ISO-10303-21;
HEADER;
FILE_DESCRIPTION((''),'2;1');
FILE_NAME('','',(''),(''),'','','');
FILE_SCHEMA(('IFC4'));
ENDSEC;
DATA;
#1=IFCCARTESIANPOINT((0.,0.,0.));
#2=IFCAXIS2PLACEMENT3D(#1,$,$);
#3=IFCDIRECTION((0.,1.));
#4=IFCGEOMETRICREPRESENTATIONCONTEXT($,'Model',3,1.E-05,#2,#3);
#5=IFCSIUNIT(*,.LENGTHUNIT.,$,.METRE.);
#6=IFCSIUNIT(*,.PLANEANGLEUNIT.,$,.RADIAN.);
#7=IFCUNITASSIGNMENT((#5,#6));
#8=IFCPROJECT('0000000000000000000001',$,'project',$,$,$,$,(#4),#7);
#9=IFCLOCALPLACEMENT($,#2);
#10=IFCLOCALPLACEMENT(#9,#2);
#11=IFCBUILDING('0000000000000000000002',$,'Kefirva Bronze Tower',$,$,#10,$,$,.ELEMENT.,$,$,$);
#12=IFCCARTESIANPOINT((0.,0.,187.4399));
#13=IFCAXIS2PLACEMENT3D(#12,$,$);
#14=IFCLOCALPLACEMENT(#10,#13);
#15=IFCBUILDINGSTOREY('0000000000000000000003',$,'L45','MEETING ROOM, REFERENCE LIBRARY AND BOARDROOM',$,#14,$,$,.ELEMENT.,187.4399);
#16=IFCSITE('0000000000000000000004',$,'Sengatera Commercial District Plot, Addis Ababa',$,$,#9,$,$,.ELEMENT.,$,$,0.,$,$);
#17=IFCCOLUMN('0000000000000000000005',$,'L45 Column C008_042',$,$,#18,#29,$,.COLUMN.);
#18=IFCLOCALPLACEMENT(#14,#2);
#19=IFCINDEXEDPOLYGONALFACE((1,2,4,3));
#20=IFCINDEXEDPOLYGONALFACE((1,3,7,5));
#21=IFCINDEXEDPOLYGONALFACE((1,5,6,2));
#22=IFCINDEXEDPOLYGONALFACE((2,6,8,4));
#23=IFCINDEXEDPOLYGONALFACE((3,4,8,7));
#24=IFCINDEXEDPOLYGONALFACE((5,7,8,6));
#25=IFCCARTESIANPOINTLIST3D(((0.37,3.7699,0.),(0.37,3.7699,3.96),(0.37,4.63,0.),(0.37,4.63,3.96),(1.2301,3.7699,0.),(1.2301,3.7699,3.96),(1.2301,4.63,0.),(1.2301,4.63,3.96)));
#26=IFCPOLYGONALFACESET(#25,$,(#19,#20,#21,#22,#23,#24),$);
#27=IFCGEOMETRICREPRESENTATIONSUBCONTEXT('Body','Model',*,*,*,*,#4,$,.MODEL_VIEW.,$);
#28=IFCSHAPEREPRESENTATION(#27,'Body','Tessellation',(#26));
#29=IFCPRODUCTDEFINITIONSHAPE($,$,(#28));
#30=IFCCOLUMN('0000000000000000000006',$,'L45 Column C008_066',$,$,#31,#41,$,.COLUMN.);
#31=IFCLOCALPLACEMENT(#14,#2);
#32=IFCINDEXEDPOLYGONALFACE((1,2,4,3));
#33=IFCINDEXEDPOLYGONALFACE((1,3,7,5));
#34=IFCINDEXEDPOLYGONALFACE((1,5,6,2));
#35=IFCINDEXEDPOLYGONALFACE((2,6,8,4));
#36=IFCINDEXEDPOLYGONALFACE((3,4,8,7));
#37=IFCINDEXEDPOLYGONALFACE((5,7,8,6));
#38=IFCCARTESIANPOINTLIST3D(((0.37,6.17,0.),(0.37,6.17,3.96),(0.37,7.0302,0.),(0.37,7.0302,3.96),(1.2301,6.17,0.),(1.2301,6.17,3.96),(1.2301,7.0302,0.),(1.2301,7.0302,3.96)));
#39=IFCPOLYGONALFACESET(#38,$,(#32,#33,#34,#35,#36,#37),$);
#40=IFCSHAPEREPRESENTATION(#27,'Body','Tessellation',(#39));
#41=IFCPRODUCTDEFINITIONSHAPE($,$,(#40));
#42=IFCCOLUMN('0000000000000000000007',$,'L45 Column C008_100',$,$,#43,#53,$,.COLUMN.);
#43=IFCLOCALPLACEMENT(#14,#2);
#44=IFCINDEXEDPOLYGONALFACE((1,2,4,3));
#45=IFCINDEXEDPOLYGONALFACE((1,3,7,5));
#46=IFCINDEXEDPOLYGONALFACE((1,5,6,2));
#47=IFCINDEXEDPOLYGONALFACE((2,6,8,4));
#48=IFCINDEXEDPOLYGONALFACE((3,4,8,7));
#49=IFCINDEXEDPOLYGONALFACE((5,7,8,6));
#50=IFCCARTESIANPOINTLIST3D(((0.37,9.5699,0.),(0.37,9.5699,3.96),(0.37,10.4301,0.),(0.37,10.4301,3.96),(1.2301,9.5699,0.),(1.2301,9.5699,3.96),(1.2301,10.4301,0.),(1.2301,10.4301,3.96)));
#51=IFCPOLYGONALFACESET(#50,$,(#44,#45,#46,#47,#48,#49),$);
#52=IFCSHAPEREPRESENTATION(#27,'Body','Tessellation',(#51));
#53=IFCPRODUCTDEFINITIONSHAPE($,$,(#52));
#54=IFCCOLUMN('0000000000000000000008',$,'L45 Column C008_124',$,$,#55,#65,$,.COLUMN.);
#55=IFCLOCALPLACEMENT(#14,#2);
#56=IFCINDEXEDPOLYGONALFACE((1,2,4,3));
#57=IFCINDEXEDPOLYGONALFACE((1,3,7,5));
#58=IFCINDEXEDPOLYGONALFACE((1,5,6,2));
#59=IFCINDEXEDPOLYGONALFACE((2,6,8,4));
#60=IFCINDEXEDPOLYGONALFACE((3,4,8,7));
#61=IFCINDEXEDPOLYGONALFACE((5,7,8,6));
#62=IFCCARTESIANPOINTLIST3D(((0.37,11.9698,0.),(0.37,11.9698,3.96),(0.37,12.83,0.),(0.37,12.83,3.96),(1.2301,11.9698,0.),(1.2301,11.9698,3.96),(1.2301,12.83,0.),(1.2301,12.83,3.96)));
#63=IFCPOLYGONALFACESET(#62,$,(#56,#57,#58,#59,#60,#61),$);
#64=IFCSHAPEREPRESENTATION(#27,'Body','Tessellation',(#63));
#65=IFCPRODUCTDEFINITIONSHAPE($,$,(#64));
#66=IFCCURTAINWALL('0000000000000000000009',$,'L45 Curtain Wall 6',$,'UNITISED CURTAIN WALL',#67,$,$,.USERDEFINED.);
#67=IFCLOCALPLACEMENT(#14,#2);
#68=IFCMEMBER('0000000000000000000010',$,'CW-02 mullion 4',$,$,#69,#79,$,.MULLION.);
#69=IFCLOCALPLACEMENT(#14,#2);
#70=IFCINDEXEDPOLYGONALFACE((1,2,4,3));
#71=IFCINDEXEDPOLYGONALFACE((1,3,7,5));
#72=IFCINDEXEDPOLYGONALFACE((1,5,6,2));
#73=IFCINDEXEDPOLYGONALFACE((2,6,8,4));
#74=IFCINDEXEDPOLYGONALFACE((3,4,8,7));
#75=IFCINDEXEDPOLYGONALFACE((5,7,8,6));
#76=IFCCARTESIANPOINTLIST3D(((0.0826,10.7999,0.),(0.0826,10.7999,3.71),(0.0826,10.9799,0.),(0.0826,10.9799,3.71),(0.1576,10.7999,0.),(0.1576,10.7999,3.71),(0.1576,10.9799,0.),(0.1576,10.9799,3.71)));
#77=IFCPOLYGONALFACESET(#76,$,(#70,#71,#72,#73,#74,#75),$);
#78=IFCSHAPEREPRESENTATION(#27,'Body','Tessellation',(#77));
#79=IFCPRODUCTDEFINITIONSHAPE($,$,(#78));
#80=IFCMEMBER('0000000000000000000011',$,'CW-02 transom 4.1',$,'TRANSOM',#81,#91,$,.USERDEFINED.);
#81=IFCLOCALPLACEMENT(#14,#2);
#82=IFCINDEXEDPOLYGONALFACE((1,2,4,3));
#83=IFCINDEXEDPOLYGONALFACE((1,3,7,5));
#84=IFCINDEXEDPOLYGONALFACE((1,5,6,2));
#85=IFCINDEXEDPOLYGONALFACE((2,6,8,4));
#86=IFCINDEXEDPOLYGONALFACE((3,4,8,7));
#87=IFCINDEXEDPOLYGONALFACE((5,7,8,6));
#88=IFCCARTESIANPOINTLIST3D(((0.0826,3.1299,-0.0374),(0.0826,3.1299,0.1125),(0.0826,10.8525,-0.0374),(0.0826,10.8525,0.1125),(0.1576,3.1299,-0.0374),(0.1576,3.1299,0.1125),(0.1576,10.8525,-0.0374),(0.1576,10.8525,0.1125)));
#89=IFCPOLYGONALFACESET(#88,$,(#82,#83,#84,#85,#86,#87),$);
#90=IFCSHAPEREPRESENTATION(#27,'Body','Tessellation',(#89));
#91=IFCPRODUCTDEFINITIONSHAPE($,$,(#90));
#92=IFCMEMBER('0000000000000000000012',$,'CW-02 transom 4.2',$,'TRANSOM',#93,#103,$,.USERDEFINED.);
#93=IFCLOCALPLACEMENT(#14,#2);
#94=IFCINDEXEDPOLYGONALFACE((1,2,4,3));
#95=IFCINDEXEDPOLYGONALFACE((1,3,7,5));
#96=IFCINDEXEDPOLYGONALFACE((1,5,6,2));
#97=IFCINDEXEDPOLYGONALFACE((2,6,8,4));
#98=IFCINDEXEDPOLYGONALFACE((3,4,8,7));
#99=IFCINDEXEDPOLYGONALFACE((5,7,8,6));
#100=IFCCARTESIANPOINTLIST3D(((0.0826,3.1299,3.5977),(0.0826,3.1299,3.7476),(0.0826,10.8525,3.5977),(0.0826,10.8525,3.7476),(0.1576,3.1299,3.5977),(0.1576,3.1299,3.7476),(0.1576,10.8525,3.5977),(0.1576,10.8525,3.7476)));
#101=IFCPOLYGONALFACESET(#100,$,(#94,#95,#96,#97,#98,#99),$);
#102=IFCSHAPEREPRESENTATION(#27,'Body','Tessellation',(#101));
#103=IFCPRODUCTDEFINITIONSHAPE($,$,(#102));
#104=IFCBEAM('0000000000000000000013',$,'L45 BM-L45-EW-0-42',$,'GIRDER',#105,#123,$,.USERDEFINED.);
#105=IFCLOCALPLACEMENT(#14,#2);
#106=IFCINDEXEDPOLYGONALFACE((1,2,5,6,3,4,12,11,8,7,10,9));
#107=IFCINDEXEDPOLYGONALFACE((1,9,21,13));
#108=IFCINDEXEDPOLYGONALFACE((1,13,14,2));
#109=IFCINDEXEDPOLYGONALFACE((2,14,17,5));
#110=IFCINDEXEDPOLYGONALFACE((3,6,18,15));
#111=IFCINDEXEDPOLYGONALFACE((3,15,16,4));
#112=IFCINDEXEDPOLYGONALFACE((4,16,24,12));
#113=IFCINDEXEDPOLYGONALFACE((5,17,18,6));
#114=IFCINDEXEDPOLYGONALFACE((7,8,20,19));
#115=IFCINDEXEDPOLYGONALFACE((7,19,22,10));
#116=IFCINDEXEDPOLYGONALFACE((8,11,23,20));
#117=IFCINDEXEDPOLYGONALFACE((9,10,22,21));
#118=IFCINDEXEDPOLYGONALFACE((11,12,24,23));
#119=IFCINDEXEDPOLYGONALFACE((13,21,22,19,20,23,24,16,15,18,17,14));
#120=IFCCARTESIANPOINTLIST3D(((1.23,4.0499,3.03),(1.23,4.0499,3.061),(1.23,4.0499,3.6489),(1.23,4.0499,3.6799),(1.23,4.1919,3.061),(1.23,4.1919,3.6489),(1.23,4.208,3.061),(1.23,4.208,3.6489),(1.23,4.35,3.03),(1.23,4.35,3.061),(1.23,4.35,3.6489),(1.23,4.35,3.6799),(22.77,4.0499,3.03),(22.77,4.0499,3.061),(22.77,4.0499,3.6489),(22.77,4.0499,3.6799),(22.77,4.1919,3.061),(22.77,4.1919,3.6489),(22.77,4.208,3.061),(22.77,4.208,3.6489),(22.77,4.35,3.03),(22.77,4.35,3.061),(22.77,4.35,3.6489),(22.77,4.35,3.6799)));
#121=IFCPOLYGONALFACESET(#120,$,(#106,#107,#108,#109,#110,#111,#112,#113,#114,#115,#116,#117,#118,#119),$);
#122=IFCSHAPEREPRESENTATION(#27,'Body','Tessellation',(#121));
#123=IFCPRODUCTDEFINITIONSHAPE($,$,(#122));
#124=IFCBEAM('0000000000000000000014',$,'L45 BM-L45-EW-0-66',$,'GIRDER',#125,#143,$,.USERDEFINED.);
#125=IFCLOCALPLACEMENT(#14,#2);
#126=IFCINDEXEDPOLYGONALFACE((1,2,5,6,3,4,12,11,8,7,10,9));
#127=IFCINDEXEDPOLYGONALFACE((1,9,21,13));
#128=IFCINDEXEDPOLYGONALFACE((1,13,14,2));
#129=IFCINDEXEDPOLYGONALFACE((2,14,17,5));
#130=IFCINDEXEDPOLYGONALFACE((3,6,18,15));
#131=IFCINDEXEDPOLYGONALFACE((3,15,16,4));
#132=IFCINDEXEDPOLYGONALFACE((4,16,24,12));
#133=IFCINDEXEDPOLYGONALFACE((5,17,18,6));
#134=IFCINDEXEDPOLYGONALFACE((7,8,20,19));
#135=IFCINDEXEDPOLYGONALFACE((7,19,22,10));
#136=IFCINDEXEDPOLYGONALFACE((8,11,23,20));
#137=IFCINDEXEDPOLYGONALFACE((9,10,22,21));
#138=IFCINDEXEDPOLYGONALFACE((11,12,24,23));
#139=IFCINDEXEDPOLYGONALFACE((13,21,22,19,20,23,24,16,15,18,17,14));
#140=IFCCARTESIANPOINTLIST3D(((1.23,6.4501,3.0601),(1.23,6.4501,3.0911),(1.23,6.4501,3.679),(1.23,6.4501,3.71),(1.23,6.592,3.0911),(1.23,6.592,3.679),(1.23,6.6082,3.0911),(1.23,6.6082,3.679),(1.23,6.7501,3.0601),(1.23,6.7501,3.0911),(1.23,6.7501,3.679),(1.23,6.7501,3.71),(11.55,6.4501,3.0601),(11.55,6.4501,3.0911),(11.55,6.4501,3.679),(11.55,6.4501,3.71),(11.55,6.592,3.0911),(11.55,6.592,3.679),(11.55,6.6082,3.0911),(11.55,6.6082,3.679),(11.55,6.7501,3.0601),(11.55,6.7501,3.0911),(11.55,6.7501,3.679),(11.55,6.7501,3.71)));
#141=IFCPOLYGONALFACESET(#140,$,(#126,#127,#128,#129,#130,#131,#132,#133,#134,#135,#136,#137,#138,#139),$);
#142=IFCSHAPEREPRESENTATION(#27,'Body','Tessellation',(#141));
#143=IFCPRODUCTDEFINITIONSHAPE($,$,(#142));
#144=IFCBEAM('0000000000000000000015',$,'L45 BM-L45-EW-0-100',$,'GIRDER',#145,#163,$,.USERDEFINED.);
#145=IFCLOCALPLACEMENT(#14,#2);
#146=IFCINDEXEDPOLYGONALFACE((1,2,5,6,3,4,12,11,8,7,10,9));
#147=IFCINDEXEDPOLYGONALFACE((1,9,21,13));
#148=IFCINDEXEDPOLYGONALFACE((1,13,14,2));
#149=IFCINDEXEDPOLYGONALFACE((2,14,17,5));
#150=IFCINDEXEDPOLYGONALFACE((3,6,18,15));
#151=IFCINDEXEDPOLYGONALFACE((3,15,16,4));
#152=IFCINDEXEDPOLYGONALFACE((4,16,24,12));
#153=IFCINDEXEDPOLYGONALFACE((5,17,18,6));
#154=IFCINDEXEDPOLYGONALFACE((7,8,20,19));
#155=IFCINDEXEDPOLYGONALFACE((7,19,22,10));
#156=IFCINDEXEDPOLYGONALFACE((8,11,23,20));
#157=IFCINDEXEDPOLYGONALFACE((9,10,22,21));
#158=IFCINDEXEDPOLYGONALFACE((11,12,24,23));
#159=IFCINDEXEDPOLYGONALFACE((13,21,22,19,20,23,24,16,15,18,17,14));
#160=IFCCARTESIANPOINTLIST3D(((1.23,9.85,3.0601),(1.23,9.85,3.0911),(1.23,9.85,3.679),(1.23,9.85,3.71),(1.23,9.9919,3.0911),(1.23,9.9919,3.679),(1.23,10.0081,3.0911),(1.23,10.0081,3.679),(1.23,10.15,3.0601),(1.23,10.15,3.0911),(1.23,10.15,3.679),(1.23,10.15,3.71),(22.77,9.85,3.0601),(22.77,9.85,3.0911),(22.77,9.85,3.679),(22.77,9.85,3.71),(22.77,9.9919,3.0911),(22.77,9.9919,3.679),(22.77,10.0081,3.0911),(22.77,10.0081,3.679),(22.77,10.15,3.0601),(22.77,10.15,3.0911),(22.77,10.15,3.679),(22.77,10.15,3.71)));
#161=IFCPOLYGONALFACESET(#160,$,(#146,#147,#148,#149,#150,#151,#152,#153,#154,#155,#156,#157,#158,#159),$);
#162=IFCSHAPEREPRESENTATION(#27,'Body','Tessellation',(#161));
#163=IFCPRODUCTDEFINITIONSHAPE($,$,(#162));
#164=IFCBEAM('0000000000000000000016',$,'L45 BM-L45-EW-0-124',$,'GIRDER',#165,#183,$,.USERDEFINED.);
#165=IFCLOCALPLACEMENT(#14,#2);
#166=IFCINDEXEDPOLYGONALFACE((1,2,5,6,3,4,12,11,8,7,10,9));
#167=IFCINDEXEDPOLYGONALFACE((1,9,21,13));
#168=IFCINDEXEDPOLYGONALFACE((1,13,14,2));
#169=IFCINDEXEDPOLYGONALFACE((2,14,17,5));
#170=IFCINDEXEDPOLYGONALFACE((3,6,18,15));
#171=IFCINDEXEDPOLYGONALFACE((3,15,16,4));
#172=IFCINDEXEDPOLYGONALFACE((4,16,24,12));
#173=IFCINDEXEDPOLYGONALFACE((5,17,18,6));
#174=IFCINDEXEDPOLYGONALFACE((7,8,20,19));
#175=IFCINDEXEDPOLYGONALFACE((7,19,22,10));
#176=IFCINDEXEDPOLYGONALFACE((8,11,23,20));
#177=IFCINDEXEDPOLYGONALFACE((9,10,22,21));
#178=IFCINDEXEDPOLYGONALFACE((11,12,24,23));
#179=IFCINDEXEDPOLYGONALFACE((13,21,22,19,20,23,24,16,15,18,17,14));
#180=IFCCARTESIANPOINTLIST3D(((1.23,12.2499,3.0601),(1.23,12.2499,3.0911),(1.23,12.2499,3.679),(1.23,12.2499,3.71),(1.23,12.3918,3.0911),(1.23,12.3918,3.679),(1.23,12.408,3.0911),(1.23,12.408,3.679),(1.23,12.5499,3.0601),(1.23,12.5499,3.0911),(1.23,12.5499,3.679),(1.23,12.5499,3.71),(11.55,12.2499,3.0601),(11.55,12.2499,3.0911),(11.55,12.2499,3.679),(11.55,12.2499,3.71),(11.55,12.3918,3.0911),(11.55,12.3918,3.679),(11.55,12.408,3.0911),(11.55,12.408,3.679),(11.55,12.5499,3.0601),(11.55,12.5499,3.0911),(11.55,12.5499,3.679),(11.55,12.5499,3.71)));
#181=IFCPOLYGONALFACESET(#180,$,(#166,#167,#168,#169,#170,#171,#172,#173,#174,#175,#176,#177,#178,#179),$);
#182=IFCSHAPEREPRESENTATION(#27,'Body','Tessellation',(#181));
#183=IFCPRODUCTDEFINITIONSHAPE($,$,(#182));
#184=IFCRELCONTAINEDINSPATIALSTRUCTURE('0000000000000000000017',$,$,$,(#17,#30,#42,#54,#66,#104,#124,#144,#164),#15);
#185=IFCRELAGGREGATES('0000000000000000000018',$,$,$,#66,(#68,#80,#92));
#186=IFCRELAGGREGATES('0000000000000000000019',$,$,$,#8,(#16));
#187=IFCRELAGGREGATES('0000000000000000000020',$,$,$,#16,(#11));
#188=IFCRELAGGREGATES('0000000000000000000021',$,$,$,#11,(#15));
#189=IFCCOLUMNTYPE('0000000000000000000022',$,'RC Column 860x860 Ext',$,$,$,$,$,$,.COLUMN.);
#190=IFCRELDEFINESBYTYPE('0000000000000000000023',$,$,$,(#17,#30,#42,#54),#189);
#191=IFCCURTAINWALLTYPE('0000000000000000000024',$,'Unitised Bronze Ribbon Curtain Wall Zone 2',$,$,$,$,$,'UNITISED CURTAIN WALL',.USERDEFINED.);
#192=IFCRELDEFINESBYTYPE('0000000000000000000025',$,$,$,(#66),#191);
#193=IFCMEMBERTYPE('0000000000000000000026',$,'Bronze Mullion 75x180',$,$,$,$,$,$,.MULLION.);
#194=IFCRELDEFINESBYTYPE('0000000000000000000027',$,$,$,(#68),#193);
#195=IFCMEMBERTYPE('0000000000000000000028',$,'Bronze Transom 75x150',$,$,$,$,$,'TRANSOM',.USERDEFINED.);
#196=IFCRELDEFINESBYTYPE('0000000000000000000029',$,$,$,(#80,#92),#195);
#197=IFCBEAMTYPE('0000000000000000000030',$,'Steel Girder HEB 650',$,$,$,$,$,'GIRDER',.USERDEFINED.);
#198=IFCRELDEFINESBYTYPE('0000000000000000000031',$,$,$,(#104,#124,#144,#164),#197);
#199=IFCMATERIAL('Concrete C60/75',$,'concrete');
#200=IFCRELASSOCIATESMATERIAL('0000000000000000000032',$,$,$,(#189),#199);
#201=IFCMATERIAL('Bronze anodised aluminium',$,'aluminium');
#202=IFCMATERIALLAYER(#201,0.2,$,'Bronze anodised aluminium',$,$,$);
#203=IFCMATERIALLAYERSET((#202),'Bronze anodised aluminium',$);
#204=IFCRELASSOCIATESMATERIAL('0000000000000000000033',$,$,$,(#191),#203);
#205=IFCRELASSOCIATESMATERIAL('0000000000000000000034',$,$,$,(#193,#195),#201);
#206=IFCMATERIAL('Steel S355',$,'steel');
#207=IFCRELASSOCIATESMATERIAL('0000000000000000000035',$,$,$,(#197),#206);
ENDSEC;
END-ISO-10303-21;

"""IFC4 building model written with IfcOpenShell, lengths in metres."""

from ifc_helpers import new_model, si_unit, direction, frame, origin, origin_2d, place, context, subcontext, project, spatial, rectangle, i_section, extrude, material, layer, layer_set, material_profile, profile_set, type_object, element, aggregate, save


model = new_model("IFC4")

# Units and contexts
model_context = context("Model", 3, precision=1e-05, world=origin(), true_north=direction((0.0, 1.0)))
body_context = subcontext(model_context, "Body", "Model", "MODEL_VIEW")
ifc_project = project(units=[si_unit("LENGTHUNIT", "METRE"), si_unit("PLANEANGLEUNIT", "RADIAN")], contexts=[model_context])

# Site, building, storey
site_placement = place(None, origin())
site = spatial("IfcSite", under=ifc_project, at=site_placement, Name="Sengatera Commercial District Plot, Addis Ababa", CompositionType="ELEMENT", RefElevation=0.0)
building_placement = place(site_placement, origin())
building = spatial("IfcBuilding", under=site, at=building_placement, Name="Kefirva Bronze Tower", CompositionType="ELEMENT")
storey_placement = place(building_placement, frame((0.0, 0.0, 187.4399)))
storey = spatial("IfcBuildingStorey", under=building, at=storey_placement, Name="L45", Description="MEETING ROOM, REFERENCE LIBRARY AND BOARDROOM", CompositionType="ELEMENT", Elevation=187.4399)

# Columns
ifc_material_1 = material(Name="Concrete C60/75", Category="concrete")
ifc_material_profile_1 = material_profile(ifc_material_1, rectangle(XDim=0.8601, YDim=0.8601, at=origin_2d()), Name="RC 860x860")
ifc_profile_set_1 = profile_set([ifc_material_profile_1], Name="Concrete C60/75")
column_type = type_object("IfcColumnType", Name="RC Column 860x860 Ext", PredefinedType="COLUMN", material=ifc_profile_set_1)
for number, where, z_axis, x_axis, name in (
    (1, (0.8, 4.2, 0.0), (0.0, 0.0, 1.0), (1.0, 0.0, 0.0), "L45 Column C008_042"),
    (2, (0.8, 6.6001, 0.0), (0.0, 0.0, 1.0), (1.0, 0.0, 0.0), "L45 Column C008_066"),
    (3, (0.8, 10.0, 0.0), (0.0, 0.0, 1.0), (1.0, 0.0, 0.0), "L45 Column C008_100"),
    (4, (0.8, 12.3999, 0.0), (0.0, 0.0, 1.0), (1.0, 0.0, 0.0), "L45 Column C008_124"),
):
    element("IfcColumn", number, at=place(storey_placement, frame(where, z_axis=z_axis, x_axis=x_axis)), inside=storey, type_object=column_type, Name=name, PredefinedType="COLUMN", context=body_context, shape_type="SweptSolid", body=[
        extrude(rectangle(XDim=0.8601, YDim=0.8601, at=origin_2d()), origin(), (0.0, 0.0, 1.0), 3.96),
    ])

# Curtain wall, members
ifc_material_2 = material(Name="Bronze anodised aluminium", Category="aluminium")
ifc_layer_1 = layer(ifc_material_2, 0.2, Name="Bronze anodised aluminium")
ifc_layer_set_1 = layer_set([ifc_layer_1], Name="Bronze anodised aluminium")
curtain_wall_type = type_object("IfcCurtainWallType", Name="Unitised Bronze Ribbon Curtain Wall Zone 2", ElementType="UNITISED CURTAIN WALL", PredefinedType="USERDEFINED", material=ifc_layer_set_1)
curtain_wall_placement = place(storey_placement, origin())
curtain_wall = element("IfcCurtainWall", 5, at=curtain_wall_placement, inside=storey, type_object=curtain_wall_type, Name="L45 Curtain Wall 6", ObjectType="UNITISED CURTAIN WALL", PredefinedType="USERDEFINED")
ifc_material_profile_2 = material_profile(ifc_material_2, rectangle(XDim=0.075, YDim=0.1799, at=origin_2d()), Name="ALU 75x180")
ifc_profile_set_2 = profile_set([ifc_material_profile_2], Name="Bronze anodised aluminium")
member_type_1 = type_object("IfcMemberType", Name="Bronze Mullion 75x180", PredefinedType="MULLION", material=ifc_profile_set_2)
member_1_placement = place(storey_placement, frame((0.1201, 10.8899, 0.0), z_axis=(0.0, 0.0, 1.0), x_axis=(1.0, 0.0, 0.0)))
member_1 = element("IfcMember", 6, at=member_1_placement, type_object=member_type_1, Name="CW-02 mullion 4", PredefinedType="MULLION", context=body_context, shape_type="SweptSolid", body=[
    extrude(rectangle(XDim=0.075, YDim=0.1799, at=origin_2d()), origin(), (0.0, 0.0, 1.0), 3.71),
])
ifc_material_profile_3 = material_profile(ifc_material_2, rectangle(XDim=0.075, YDim=0.1499, at=origin_2d()), Name="ALU 75x150")
ifc_profile_set_3 = profile_set([ifc_material_profile_3], Name="Bronze anodised aluminium")
member_type_2 = type_object("IfcMemberType", Name="Bronze Transom 75x150", ElementType="TRANSOM", PredefinedType="USERDEFINED", material=ifc_profile_set_3)
member_2_placement = place(storey_placement, frame((0.1201, 10.8525, 0.0376), z_axis=(0.0, -1.0, 0.0), x_axis=(1.0, 0.0, 0.0)))
member_2 = element("IfcMember", 7, at=member_2_placement, type_object=member_type_2, Name="CW-02 transom 4.1", ObjectType="TRANSOM", PredefinedType="USERDEFINED", context=body_context, shape_type="SweptSolid", body=[
    extrude(rectangle(XDim=0.075, YDim=0.1499, at=origin_2d()), origin(), (0.0, 0.0, 1.0), 7.7227),
])
member_3_placement = place(storey_placement, frame((0.1201, 10.8525, 3.6726), z_axis=(0.0, -1.0, 0.0), x_axis=(1.0, 0.0, 0.0)))
member_3 = element("IfcMember", 8, at=member_3_placement, type_object=member_type_2, Name="CW-02 transom 4.2", ObjectType="TRANSOM", PredefinedType="USERDEFINED", context=body_context, shape_type="SweptSolid", body=[
    extrude(rectangle(XDim=0.075, YDim=0.1499, at=origin_2d()), origin(), (0.0, 0.0, 1.0), 7.7227),
])

# Beams
ifc_material_3 = material(Name="Steel S355", Category="steel")
ifc_material_profile_4 = material_profile(ifc_material_3, i_section(OverallWidth=0.3, OverallDepth=0.6499, WebThickness=0.0161, FlangeThickness=0.031, at=origin_2d()), Name="HEB 650")
ifc_profile_set_4 = profile_set([ifc_material_profile_4], Name="Steel S355")
beam_type_1 = type_object("IfcBeamType", Name="Steel Girder HEB 650", ElementType="GIRDER", PredefinedType="USERDEFINED", material=ifc_profile_set_4)
beam_1_placement = place(storey_placement, frame((1.23, 4.2, 3.355), z_axis=(1.0, 0.0, 0.0), x_axis=(0.0, 1.0, 0.0)))
element("IfcBeam", 9, at=beam_1_placement, inside=storey, type_object=beam_type_1, Name="L45 BM-L45-EW-0-42", ObjectType="GIRDER", PredefinedType="USERDEFINED", context=body_context, shape_type="SweptSolid", body=[
    extrude(i_section(OverallWidth=0.3, OverallDepth=0.6499, WebThickness=0.0161, FlangeThickness=0.031, at=origin_2d()), origin(), (0.0, 0.0, 1.0), 21.54),
])
beam_2_placement = place(storey_placement, frame((1.23, 6.6001, 3.385), z_axis=(1.0, 0.0, 0.0), x_axis=(0.0, 1.0, 0.0)))
element("IfcBeam", 10, at=beam_2_placement, inside=storey, type_object=beam_type_1, Name="L45 BM-L45-EW-0-66", ObjectType="GIRDER", PredefinedType="USERDEFINED", context=body_context, shape_type="SweptSolid", body=[
    extrude(i_section(OverallWidth=0.3, OverallDepth=0.6499, WebThickness=0.0161, FlangeThickness=0.031, at=origin_2d()), origin(), (0.0, 0.0, 1.0), 10.3201),
])
beam_3_placement = place(storey_placement, frame((1.23, 10.0, 3.385), z_axis=(1.0, 0.0, 0.0), x_axis=(0.0, 1.0, 0.0)))
element("IfcBeam", 11, at=beam_3_placement, inside=storey, type_object=beam_type_1, Name="L45 BM-L45-EW-0-100", ObjectType="GIRDER", PredefinedType="USERDEFINED", context=body_context, shape_type="SweptSolid", body=[
    extrude(i_section(OverallWidth=0.3, OverallDepth=0.6499, WebThickness=0.0161, FlangeThickness=0.031, at=origin_2d()), origin(), (0.0, 0.0, 1.0), 21.54),
])
beam_4_placement = place(storey_placement, frame((1.23, 12.3999, 3.385), z_axis=(1.0, 0.0, 0.0), x_axis=(0.0, 1.0, 0.0)))
element("IfcBeam", 12, at=beam_4_placement, inside=storey, type_object=beam_type_1, Name="L45 BM-L45-EW-0-124", ObjectType="GIRDER", PredefinedType="USERDEFINED", context=body_context, shape_type="SweptSolid", body=[
    extrude(i_section(OverallWidth=0.3, OverallDepth=0.6499, WebThickness=0.0161, FlangeThickness=0.031, at=origin_2d()), origin(), (0.0, 0.0, 1.0), 10.3201),
])

aggregate(curtain_wall, [member_1, member_2, member_3])

save(model, "model.ifc")
